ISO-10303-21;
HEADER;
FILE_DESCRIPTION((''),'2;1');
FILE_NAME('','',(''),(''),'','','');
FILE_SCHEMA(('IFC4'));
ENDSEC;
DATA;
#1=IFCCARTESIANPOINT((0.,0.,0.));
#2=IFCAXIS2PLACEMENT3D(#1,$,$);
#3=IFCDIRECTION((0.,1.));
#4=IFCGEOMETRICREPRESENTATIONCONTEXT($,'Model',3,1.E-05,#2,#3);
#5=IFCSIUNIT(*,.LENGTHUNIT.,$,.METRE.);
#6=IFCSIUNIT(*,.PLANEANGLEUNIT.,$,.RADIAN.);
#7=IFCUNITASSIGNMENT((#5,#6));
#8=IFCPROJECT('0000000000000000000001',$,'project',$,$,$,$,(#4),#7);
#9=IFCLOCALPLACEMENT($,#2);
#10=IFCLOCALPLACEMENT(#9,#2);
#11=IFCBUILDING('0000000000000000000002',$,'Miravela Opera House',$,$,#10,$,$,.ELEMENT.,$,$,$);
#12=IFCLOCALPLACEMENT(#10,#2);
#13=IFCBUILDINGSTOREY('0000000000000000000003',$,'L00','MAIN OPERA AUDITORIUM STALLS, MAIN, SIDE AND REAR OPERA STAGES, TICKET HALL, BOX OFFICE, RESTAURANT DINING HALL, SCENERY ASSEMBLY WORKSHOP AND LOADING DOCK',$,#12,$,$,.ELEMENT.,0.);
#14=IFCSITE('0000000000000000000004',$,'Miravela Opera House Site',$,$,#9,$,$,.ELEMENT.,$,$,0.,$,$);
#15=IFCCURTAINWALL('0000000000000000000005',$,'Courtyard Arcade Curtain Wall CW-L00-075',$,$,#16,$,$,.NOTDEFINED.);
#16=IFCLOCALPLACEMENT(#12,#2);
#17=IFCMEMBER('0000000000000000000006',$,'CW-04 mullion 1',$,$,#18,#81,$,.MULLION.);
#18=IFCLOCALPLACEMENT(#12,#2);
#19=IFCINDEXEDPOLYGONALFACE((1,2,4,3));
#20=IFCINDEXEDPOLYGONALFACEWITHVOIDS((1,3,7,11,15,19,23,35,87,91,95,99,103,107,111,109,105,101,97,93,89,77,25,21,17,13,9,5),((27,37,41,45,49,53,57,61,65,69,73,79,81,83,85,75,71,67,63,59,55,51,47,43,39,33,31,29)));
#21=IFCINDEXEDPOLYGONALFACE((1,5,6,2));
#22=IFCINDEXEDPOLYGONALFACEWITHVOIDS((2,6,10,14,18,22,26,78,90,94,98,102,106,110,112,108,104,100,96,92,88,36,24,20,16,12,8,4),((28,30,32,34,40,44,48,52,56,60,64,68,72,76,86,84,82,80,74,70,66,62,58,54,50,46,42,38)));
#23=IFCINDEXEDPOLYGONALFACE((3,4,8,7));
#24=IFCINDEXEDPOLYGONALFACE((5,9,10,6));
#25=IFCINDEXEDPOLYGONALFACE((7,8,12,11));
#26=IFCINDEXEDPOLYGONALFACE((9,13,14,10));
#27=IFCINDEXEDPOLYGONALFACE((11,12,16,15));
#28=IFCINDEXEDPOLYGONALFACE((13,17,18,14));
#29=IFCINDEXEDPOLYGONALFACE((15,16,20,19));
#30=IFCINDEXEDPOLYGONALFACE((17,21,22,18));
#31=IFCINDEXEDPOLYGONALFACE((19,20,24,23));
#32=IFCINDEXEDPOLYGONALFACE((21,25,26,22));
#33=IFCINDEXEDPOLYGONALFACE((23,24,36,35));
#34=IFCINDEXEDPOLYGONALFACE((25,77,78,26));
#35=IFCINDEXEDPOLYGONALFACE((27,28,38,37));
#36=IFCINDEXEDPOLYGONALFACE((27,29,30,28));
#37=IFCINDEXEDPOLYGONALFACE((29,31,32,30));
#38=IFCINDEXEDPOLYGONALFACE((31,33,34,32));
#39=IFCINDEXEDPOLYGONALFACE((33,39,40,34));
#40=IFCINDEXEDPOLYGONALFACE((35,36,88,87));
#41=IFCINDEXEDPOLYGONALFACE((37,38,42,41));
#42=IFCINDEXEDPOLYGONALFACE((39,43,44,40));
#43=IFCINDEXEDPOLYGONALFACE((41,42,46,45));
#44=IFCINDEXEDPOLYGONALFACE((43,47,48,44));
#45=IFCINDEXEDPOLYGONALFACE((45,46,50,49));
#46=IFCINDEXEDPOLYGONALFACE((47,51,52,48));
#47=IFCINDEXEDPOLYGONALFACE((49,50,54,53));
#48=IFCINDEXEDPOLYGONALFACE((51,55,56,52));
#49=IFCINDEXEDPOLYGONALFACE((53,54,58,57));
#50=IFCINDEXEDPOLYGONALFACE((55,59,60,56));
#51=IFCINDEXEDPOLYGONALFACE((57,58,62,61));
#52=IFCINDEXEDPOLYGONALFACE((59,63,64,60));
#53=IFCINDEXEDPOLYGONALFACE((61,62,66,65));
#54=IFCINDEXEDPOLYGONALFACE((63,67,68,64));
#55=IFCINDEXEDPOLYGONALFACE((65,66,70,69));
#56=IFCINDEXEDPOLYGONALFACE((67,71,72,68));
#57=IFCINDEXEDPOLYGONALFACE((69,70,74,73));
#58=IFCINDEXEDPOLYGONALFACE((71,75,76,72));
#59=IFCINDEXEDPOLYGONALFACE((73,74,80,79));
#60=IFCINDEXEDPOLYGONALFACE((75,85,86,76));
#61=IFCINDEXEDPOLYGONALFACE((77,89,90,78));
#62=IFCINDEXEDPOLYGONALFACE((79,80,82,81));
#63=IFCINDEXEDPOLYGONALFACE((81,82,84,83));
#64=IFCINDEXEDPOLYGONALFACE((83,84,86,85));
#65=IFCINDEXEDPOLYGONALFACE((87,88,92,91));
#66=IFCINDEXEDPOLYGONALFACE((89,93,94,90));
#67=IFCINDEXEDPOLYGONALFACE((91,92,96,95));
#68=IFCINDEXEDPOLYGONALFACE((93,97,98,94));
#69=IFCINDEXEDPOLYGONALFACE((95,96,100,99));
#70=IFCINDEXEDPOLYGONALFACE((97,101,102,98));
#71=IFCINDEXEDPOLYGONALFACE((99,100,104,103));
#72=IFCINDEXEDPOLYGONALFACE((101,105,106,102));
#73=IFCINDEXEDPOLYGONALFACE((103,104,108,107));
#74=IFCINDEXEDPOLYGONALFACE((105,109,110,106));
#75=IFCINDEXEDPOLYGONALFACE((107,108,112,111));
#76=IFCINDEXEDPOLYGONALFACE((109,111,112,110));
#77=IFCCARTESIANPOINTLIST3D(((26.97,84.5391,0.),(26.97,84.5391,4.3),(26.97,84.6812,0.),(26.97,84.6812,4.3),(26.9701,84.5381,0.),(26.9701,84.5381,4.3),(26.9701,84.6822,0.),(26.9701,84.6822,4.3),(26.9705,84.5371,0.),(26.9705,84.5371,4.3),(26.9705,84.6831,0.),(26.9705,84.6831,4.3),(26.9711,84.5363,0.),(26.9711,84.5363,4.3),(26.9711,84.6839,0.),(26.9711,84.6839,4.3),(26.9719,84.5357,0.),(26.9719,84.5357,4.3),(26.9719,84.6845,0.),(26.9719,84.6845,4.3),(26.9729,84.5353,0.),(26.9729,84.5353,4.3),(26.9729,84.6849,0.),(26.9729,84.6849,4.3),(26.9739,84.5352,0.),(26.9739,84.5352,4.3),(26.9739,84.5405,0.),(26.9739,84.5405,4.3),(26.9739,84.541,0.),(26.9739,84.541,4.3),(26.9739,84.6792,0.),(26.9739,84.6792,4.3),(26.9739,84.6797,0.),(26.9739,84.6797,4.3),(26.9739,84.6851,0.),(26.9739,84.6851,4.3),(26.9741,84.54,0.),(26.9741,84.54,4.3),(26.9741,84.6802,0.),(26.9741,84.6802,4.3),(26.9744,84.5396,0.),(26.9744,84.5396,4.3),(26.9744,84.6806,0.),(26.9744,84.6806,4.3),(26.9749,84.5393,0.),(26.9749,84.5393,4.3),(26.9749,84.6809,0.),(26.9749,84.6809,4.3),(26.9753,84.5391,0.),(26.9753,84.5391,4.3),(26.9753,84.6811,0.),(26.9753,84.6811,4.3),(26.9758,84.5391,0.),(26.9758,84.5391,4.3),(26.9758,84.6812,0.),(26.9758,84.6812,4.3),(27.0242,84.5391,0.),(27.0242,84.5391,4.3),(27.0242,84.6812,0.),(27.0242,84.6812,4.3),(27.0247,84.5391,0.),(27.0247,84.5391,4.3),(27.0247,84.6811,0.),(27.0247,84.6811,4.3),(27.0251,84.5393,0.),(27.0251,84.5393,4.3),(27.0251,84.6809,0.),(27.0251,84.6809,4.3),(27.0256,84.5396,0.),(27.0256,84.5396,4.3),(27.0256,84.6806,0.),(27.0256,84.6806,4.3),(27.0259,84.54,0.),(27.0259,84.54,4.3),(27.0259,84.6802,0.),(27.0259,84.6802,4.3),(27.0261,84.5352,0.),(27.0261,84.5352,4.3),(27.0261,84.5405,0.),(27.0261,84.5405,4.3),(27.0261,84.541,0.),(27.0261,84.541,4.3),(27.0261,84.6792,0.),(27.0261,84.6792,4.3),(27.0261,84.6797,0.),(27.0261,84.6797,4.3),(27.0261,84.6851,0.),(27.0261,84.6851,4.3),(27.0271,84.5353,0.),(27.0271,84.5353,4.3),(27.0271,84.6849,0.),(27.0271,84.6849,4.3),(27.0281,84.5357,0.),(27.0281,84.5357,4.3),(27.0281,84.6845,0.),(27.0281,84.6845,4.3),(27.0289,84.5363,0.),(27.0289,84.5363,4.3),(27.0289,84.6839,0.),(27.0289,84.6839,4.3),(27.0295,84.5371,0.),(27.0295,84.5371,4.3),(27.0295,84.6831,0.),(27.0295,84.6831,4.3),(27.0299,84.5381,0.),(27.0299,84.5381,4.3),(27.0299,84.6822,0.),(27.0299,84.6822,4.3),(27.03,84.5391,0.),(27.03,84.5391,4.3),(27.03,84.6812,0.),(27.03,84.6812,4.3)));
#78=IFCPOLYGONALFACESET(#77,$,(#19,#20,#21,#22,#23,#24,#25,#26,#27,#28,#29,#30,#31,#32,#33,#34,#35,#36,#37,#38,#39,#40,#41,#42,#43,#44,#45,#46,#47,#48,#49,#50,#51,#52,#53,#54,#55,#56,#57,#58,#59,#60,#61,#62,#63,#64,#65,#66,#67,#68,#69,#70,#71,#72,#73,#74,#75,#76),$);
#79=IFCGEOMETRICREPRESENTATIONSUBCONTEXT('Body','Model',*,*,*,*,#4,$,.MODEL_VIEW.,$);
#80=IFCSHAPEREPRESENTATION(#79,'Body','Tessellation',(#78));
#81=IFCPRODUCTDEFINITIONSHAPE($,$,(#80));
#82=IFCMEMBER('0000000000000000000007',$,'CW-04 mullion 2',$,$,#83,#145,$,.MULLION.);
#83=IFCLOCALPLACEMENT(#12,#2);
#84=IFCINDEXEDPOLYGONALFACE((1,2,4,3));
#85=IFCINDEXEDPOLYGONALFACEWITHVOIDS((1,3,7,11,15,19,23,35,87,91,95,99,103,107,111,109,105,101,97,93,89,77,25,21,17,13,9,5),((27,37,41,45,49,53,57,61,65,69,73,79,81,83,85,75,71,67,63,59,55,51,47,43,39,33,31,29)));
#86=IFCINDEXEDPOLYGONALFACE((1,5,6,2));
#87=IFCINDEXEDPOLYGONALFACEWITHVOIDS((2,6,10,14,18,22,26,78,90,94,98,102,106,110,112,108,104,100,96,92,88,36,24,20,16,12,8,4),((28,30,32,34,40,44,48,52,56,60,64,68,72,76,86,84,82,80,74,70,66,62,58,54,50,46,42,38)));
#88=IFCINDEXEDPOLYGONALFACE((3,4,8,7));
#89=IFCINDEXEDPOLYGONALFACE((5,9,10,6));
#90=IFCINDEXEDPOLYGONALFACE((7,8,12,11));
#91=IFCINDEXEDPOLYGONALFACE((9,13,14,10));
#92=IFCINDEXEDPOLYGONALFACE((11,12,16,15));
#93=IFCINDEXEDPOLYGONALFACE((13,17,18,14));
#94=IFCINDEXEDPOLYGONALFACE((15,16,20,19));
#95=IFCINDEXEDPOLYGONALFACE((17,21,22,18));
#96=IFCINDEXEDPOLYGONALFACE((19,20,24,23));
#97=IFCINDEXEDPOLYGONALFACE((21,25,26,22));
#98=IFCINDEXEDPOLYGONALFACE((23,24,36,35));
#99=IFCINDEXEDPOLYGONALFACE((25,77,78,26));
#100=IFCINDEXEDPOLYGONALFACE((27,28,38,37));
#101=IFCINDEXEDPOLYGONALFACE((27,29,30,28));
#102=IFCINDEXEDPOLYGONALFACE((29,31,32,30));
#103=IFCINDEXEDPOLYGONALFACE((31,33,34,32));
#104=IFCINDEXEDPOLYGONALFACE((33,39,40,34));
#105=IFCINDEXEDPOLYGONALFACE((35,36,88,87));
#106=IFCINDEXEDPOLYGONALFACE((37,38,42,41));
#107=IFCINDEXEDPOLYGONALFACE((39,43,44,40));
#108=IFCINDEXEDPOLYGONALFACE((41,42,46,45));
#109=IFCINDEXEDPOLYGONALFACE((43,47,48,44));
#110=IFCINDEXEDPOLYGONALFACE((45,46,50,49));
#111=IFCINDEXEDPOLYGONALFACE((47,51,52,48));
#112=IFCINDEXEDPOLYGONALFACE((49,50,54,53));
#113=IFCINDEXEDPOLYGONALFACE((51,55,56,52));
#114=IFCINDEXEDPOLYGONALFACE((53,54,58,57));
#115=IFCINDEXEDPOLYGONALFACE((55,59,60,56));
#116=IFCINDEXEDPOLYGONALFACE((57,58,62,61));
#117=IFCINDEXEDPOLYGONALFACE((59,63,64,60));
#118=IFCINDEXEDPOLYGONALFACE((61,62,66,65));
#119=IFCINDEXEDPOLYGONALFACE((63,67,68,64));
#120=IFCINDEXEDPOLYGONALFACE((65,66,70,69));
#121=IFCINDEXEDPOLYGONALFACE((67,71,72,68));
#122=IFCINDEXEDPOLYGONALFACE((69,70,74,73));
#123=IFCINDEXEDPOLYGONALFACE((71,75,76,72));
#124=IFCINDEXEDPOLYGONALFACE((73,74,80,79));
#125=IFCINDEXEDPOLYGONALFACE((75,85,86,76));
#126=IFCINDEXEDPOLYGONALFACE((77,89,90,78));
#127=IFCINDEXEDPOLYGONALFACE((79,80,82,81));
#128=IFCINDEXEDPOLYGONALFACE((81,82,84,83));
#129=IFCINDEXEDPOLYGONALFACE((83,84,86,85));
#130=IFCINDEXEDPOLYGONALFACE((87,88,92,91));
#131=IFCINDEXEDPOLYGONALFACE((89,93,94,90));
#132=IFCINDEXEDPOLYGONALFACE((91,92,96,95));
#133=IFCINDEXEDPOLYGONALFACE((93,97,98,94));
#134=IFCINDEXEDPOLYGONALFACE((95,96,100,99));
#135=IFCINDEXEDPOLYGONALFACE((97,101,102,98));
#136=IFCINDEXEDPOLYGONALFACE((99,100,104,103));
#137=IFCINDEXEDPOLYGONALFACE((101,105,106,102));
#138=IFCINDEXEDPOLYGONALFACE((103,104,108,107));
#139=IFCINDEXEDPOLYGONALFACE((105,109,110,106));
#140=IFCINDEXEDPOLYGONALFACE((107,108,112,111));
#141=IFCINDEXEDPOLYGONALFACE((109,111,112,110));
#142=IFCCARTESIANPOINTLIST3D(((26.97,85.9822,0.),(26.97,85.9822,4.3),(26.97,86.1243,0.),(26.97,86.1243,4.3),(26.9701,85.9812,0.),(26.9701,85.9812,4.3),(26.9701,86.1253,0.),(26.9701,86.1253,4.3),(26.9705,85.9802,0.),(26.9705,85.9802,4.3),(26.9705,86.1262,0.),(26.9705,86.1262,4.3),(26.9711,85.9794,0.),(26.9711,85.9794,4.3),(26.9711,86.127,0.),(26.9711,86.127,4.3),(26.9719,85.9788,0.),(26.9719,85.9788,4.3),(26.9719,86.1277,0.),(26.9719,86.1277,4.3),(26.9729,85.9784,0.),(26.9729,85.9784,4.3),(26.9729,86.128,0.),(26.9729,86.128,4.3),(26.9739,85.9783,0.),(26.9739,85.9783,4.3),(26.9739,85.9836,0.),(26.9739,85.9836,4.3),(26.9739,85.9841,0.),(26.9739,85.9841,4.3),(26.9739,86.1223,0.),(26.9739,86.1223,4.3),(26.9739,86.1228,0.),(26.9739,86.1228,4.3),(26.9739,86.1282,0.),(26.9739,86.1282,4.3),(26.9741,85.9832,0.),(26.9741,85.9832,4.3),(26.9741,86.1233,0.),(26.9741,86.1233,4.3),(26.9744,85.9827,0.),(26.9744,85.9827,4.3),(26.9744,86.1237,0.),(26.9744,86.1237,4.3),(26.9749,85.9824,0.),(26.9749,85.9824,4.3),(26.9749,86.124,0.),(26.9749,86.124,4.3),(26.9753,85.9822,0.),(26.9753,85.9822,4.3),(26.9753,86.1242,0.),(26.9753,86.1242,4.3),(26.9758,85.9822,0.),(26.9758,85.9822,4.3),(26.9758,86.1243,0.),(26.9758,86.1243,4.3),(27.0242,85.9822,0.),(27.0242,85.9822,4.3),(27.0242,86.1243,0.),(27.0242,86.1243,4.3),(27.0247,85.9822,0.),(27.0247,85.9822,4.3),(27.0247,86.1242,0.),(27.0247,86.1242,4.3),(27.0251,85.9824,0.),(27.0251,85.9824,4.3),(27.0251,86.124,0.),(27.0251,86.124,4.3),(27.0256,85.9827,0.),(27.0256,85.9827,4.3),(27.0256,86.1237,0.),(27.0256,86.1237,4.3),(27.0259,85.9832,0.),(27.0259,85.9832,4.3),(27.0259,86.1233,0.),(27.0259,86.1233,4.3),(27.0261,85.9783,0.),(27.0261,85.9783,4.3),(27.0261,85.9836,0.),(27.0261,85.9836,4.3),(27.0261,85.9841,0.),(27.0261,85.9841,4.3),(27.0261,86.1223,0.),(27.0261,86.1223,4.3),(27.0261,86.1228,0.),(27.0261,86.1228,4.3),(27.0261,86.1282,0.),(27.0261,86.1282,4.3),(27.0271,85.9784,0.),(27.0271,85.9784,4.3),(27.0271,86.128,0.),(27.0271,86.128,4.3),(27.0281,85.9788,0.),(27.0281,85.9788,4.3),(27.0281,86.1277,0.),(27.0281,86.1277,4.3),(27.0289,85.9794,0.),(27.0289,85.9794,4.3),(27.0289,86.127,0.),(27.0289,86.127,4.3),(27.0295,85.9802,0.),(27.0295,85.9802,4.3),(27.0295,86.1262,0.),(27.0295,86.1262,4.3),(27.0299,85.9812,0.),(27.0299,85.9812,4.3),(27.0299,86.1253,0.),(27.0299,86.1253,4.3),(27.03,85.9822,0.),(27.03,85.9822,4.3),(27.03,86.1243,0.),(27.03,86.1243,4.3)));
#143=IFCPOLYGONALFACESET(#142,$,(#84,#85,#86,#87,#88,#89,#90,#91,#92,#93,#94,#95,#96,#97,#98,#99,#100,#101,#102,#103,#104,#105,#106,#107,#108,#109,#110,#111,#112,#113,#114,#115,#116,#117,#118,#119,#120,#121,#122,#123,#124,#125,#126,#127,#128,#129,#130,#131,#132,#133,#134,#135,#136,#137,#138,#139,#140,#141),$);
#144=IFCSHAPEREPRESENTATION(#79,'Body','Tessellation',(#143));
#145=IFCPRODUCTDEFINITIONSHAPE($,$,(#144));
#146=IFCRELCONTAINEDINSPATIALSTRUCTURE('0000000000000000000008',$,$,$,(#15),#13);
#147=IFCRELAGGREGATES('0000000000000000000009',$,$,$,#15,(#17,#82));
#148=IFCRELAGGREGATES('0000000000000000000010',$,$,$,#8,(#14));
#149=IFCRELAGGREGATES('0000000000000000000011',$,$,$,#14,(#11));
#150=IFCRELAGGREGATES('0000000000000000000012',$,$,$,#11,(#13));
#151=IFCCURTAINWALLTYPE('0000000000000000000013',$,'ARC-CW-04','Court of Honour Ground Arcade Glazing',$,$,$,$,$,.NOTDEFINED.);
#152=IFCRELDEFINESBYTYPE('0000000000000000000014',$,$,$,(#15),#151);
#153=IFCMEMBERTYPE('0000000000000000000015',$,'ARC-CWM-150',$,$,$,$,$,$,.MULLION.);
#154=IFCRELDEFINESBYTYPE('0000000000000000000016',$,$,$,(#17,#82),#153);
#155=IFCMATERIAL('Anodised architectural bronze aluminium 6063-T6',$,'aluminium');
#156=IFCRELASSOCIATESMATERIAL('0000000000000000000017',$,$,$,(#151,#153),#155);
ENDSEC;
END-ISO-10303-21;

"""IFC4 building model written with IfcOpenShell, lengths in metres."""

from ifc_helpers import new_model, si_unit, direction, frame, origin, origin_2d, place, context, subcontext, project, spatial, hollow_rectangle, extrude, material, material_profile, profile_set, type_object, element, aggregate, save


model = new_model("IFC4")

# Units and contexts
model_context = context("Model", 3, precision=1e-05, world=origin(), true_north=direction((0.0, 1.0)))
body_context = subcontext(model_context, "Body", "Model", "MODEL_VIEW")
ifc_project = project(units=[si_unit("LENGTHUNIT", "METRE"), si_unit("PLANEANGLEUNIT", "RADIAN")], contexts=[model_context])

# Site, building, storey
site_placement = place(None, origin())
site = spatial("IfcSite", under=ifc_project, at=site_placement, Name="Miravela Opera House Site", CompositionType="ELEMENT", RefElevation=0.0)
building_placement = place(site_placement, origin())
building = spatial("IfcBuilding", under=site, at=building_placement, Name="Miravela Opera House", CompositionType="ELEMENT")
storey_placement = place(building_placement, origin())
storey = spatial("IfcBuildingStorey", under=building, at=storey_placement, Name="L00", Description="MAIN OPERA AUDITORIUM STALLS, MAIN, SIDE AND REAR OPERA STAGES, TICKET HALL, BOX OFFICE, RESTAURANT DINING HALL, SCENERY ASSEMBLY WORKSHOP AND LOADING DOCK", CompositionType="ELEMENT", Elevation=0.0)

# Curtain wall, members
ifc_material_1 = material(Name="Anodised architectural bronze aluminium 6063-T6", Category="aluminium")
curtain_wall_type = type_object("IfcCurtainWallType", Name="ARC-CW-04", Description="Court of Honour Ground Arcade Glazing", PredefinedType="NOTDEFINED", material=ifc_material_1)
curtain_wall_placement = place(storey_placement, origin())
curtain_wall = element("IfcCurtainWall", 1, at=curtain_wall_placement, inside=storey, type_object=curtain_wall_type, Name="Courtyard Arcade Curtain Wall CW-L00-075", PredefinedType="NOTDEFINED")
ifc_material_profile_1 = material_profile(ifc_material_1, hollow_rectangle(XDim=0.0601, YDim=0.1499, WallThickness=0.0039, InnerFilletRadius=0.002, OuterFilletRadius=0.0039, at=origin_2d()), Name="CWM-60X150")
ifc_profile_set_1 = profile_set([ifc_material_profile_1])
member_type_1 = type_object("IfcMemberType", Name="ARC-CWM-150", PredefinedType="MULLION", material=ifc_profile_set_1)
member_1_placement = place(storey_placement, frame((27.0, 84.6101, 0.0), z_axis=(0.0, 0.0, 1.0), x_axis=(-1.0, 0.0, 0.0)))
member_1 = element("IfcMember", 2, at=member_1_placement, type_object=member_type_1, Name="CW-04 mullion 1", PredefinedType="MULLION", context=body_context, shape_type="SweptSolid", body=[
    extrude(hollow_rectangle(XDim=0.0601, YDim=0.1499, WallThickness=0.0039, InnerFilletRadius=0.002, OuterFilletRadius=0.0039, at=origin_2d()), origin(), (0.0, 0.0, 1.0), 4.3),
])
member_2_placement = place(storey_placement, frame((27.0, 86.0532, 0.0), z_axis=(0.0, 0.0, 1.0), x_axis=(-1.0, 0.0, 0.0)))
member_2 = element("IfcMember", 3, at=member_2_placement, type_object=member_type_1, Name="CW-04 mullion 2", PredefinedType="MULLION", context=body_context, shape_type="SweptSolid", body=[
    extrude(hollow_rectangle(XDim=0.0601, YDim=0.1499, WallThickness=0.0039, InnerFilletRadius=0.002, OuterFilletRadius=0.0039, at=origin_2d()), origin(), (0.0, 0.0, 1.0), 4.3),
])

aggregate(curtain_wall, [member_1, member_2])

save(model, "model.ifc")
